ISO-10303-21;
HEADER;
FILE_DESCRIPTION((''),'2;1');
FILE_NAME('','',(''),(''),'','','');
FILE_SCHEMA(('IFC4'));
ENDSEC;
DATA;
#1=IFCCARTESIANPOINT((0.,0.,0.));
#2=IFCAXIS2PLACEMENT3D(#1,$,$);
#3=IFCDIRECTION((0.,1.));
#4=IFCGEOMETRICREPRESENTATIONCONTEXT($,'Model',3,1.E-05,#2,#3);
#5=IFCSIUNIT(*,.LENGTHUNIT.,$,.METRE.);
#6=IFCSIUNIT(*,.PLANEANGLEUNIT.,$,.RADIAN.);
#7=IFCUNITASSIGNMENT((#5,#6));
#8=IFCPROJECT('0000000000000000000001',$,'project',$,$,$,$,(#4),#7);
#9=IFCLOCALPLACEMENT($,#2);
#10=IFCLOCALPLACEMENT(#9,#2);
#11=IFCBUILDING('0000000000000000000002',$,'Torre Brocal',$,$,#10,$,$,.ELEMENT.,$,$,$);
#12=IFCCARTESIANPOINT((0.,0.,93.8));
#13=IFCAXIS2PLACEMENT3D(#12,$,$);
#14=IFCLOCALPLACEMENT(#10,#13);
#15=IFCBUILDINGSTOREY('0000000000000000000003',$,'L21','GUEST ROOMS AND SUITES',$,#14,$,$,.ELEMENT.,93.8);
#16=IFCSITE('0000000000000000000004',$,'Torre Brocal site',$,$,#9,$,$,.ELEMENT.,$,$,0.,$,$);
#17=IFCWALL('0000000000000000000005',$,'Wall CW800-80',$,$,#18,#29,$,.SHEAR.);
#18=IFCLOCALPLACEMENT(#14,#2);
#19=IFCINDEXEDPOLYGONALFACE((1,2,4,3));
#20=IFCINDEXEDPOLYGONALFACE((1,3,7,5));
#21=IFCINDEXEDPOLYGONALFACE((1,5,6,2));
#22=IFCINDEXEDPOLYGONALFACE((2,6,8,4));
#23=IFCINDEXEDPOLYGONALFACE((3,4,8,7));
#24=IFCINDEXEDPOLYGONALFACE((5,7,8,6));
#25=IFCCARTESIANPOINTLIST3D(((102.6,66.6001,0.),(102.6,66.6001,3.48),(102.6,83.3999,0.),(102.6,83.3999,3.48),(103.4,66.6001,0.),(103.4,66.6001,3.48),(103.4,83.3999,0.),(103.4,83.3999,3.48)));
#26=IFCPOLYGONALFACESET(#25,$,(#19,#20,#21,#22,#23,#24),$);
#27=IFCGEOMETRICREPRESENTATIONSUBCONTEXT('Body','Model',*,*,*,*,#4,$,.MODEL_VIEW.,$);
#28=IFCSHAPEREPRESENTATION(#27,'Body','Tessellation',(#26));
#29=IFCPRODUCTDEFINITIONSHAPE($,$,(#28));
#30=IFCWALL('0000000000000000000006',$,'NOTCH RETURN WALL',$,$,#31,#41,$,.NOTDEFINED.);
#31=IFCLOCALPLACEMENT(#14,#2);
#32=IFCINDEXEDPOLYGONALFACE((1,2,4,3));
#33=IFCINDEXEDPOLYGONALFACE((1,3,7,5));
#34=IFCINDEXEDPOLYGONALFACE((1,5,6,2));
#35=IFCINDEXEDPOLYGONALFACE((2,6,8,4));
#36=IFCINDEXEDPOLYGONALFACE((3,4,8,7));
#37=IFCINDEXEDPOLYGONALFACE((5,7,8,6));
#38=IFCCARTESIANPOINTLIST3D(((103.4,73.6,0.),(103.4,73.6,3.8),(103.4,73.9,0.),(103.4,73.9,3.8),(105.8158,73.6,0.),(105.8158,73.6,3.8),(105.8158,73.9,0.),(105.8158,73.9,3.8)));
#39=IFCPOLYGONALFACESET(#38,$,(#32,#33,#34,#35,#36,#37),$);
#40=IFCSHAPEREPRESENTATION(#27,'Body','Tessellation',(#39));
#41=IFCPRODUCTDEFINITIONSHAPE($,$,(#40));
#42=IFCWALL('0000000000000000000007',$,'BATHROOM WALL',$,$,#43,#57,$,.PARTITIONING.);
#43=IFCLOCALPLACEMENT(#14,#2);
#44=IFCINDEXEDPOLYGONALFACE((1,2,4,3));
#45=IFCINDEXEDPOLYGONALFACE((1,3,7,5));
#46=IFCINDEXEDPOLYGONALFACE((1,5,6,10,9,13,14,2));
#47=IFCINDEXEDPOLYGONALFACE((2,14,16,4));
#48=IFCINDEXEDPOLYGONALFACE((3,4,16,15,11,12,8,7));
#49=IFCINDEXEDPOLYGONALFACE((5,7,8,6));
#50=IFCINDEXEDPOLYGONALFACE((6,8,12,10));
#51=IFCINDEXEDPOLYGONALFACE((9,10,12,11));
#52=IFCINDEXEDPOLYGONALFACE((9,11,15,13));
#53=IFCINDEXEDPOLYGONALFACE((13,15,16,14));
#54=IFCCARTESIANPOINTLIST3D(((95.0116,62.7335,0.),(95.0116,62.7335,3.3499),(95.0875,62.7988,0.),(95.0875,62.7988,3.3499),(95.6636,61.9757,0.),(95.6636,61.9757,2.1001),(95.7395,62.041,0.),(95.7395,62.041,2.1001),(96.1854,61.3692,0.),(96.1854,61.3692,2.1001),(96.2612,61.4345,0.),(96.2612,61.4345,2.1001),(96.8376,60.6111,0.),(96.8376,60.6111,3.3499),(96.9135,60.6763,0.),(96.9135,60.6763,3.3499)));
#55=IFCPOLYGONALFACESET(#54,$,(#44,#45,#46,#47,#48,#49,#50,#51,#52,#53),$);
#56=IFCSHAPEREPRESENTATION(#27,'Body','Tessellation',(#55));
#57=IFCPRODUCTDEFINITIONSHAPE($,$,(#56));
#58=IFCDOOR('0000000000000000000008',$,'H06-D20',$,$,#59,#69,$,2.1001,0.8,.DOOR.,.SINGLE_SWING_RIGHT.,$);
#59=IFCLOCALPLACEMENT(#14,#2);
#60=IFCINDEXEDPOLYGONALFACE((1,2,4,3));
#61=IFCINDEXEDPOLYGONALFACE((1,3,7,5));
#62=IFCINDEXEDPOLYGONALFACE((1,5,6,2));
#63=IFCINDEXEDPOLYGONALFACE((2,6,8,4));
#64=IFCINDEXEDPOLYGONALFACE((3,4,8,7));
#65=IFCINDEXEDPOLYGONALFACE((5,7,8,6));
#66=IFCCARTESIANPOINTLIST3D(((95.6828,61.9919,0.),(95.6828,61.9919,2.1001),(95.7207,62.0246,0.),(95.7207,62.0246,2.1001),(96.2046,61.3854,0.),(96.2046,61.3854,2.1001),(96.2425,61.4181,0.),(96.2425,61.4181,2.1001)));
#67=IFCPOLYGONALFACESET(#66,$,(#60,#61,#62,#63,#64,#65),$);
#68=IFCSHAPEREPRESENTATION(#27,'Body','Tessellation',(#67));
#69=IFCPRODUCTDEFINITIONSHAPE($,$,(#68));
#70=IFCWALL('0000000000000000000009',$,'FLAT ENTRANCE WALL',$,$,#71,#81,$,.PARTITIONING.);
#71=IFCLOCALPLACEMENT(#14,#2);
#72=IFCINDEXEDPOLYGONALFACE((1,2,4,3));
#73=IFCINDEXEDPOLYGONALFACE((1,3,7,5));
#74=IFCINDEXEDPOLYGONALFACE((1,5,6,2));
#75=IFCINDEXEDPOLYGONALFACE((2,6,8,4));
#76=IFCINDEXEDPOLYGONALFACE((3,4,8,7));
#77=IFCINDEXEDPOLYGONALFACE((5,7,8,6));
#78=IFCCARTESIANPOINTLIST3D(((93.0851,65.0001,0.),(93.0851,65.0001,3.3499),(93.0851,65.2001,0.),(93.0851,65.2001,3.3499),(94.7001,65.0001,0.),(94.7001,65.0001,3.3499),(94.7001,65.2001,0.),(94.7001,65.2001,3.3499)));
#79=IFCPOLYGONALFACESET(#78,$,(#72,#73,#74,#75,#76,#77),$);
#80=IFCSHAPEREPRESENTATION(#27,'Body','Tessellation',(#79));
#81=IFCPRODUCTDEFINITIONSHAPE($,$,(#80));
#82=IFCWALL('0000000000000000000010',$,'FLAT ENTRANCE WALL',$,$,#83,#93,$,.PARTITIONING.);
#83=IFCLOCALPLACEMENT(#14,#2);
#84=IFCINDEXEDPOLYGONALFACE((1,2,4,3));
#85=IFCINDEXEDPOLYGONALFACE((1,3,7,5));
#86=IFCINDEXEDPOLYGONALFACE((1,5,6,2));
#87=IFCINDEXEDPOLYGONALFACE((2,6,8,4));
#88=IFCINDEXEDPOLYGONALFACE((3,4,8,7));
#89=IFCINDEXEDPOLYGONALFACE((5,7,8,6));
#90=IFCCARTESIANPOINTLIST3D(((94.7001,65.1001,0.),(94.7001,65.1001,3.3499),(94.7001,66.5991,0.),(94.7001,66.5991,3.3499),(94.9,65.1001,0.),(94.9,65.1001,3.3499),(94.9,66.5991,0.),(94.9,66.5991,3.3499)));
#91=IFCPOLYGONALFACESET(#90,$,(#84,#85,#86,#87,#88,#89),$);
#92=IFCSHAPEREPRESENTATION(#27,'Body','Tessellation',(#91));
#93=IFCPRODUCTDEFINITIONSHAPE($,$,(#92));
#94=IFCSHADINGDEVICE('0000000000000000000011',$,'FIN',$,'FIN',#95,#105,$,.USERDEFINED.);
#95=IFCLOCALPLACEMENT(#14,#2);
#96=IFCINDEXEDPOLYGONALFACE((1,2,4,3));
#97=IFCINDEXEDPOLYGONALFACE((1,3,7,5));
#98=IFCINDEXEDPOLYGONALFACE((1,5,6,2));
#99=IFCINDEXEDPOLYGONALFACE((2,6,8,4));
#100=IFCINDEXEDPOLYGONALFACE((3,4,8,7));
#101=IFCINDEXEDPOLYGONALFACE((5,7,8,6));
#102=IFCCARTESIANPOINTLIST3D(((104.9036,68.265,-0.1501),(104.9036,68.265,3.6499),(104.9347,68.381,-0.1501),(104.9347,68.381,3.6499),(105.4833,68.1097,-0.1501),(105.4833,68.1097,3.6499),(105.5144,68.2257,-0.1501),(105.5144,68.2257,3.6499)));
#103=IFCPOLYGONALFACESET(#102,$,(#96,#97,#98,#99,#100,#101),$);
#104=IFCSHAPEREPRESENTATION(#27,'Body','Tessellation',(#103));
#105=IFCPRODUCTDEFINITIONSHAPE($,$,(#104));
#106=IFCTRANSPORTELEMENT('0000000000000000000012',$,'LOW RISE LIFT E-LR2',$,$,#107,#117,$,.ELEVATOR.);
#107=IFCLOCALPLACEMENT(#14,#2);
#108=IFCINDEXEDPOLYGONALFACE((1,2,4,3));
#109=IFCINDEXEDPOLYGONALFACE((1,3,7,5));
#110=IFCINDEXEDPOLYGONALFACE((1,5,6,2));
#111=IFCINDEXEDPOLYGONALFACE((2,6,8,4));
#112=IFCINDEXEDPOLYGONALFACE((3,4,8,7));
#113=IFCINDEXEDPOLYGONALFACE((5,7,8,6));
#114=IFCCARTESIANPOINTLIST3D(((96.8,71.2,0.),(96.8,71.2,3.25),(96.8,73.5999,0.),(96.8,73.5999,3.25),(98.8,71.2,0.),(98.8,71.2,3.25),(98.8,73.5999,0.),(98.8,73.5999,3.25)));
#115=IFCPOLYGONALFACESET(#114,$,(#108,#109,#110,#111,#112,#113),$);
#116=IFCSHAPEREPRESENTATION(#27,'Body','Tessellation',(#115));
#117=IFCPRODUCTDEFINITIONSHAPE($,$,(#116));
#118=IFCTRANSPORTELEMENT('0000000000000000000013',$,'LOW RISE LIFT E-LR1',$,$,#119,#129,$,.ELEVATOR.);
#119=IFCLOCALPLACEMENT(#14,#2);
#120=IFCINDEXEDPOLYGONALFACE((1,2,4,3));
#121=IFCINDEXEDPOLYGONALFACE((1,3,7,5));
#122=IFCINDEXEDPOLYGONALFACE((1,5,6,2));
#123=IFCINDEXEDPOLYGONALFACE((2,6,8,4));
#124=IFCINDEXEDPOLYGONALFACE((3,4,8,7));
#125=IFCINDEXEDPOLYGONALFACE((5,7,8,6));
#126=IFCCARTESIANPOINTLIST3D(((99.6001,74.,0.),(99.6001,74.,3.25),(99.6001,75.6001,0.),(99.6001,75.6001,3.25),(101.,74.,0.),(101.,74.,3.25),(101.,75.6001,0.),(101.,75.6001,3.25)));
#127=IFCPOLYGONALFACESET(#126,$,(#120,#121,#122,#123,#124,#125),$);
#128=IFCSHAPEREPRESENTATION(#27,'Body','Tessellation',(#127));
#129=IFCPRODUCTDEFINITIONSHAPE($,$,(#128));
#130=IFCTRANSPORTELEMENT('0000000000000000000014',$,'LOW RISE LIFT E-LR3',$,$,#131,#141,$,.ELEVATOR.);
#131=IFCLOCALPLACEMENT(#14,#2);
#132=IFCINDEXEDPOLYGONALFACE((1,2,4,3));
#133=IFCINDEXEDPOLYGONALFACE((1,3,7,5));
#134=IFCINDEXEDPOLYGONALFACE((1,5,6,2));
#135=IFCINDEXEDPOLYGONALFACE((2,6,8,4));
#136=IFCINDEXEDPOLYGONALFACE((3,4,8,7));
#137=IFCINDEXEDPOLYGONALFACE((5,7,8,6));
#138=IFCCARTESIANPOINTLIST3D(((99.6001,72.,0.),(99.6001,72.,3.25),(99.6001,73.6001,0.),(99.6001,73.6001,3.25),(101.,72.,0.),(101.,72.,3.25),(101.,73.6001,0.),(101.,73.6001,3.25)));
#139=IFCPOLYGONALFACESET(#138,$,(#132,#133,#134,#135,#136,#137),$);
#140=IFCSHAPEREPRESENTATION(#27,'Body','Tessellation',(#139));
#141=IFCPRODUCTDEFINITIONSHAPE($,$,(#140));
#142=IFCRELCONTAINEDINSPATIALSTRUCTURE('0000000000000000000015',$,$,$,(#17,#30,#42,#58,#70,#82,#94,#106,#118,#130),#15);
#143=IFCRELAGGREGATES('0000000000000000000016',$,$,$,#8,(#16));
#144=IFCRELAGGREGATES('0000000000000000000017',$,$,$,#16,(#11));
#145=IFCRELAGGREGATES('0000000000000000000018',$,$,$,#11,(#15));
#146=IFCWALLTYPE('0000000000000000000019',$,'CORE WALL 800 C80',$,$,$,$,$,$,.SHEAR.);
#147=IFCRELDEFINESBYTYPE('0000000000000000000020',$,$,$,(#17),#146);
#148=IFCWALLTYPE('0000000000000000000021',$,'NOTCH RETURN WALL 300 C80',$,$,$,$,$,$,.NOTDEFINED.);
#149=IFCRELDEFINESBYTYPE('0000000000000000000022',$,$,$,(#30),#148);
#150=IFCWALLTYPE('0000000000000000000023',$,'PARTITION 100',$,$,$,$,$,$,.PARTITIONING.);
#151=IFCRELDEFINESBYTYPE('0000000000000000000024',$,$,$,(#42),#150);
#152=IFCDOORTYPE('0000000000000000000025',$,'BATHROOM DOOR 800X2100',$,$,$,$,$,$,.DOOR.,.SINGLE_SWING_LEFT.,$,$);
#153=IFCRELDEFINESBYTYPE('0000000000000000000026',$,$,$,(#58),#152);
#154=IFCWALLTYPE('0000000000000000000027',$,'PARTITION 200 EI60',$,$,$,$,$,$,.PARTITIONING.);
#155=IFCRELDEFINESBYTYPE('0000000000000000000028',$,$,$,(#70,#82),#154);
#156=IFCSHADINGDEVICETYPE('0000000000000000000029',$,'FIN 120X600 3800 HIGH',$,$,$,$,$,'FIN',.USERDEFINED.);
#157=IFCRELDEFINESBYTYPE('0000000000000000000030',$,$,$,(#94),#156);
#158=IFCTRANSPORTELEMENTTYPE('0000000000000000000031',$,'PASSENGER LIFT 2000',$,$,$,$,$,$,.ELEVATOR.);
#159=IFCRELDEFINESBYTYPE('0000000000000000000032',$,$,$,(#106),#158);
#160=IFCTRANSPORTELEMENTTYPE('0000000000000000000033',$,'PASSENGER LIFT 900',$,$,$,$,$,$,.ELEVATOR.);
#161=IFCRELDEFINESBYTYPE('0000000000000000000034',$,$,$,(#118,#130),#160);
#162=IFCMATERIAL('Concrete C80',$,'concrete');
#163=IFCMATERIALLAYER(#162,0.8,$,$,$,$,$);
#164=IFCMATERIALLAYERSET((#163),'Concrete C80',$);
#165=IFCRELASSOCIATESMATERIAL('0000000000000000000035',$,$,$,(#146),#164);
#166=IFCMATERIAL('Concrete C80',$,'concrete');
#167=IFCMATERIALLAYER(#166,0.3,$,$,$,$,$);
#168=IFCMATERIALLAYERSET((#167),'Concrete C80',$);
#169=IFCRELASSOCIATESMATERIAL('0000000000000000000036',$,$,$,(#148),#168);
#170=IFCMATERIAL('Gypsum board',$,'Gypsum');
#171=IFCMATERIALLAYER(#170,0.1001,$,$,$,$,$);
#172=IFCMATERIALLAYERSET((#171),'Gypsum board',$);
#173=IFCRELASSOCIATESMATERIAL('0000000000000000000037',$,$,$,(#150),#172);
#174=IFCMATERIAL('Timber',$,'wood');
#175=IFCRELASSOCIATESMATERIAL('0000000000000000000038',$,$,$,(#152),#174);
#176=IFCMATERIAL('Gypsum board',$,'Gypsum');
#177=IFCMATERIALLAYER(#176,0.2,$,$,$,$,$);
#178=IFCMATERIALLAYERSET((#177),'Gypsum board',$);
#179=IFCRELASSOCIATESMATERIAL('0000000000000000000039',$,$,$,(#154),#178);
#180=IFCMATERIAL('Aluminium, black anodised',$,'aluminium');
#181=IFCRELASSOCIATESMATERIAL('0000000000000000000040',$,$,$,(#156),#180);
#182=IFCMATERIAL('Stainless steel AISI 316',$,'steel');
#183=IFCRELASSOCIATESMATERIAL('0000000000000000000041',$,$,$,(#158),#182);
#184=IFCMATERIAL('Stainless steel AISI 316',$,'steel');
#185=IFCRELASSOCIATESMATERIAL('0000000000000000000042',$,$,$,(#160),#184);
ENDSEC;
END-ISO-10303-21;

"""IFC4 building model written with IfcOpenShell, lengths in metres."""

from ifc_helpers import new_model, si_unit, direction, frame, frame_2d, origin, origin_2d, place, context, subcontext, project, spatial, rectangle, extrude, material, layer, layer_set, material_profile, profile_set, type_object, element, fill, save


model = new_model("IFC4")

# Units and contexts
model_context = context("Model", 3, precision=1e-05, world=origin(), true_north=direction((0.0, 1.0)))
body_context = subcontext(model_context, "Body", "Model", "MODEL_VIEW")
ifc_project = project(units=[si_unit("LENGTHUNIT", "METRE"), si_unit("PLANEANGLEUNIT", "RADIAN")], contexts=[model_context])

# Site, building, storey
site_placement = place(None, origin())
site = spatial("IfcSite", under=ifc_project, at=site_placement, Name="Torre Brocal site", CompositionType="ELEMENT", RefElevation=0.0)
building_placement = place(site_placement, origin())
building = spatial("IfcBuilding", under=site, at=building_placement, Name="Torre Brocal", CompositionType="ELEMENT")
storey_placement = place(building_placement, frame((0.0, 0.0, 93.8)))
storey = spatial("IfcBuildingStorey", under=building, at=storey_placement, Name="L21", Description="GUEST ROOMS AND SUITES", CompositionType="ELEMENT", Elevation=93.8)

# Walls
ifc_material_1 = material(Name="Concrete C80", Category="concrete")
ifc_layer_1 = layer(ifc_material_1, 0.8)
ifc_layer_set_1 = layer_set([ifc_layer_1], Name="Concrete C80")
wall_type_1 = type_object("IfcWallType", Name="CORE WALL 800 C80", PredefinedType="SHEAR", material=ifc_layer_set_1)
wall_1_placement = place(storey_placement, frame((103.0, 66.6001, 0.0), z_axis=(0.0, 0.0, 1.0), x_axis=(0.0, 1.0, 0.0)))
element("IfcWall", 1, at=wall_1_placement, inside=storey, type_object=wall_type_1, Name="Wall CW800-80", PredefinedType="SHEAR", context=body_context, shape_type="SweptSolid", body=[
    extrude(rectangle(XDim=16.7998, YDim=0.8, at=frame_2d((8.3999, 0.0))), origin(), (0.0, 0.0, 1.0), 3.48),
])
ifc_material_2 = material(Name="Concrete C80", Category="concrete")
ifc_layer_2 = layer(ifc_material_2, 0.3)
ifc_layer_set_2 = layer_set([ifc_layer_2], Name="Concrete C80")
wall_type_2 = type_object("IfcWallType", Name="NOTCH RETURN WALL 300 C80", PredefinedType="NOTDEFINED", material=ifc_layer_set_2)
wall_2_placement = place(storey_placement, frame((103.3999, 73.75, 0.0), z_axis=(0.0, 0.0, 1.0), x_axis=(1.0, 0.0, 0.0)))
element("IfcWall", 2, at=wall_2_placement, inside=storey, type_object=wall_type_2, Name="NOTCH RETURN WALL", PredefinedType="NOTDEFINED", context=body_context, shape_type="SweptSolid", body=[
    extrude(rectangle(XDim=2.4158, YDim=0.3, at=frame_2d((1.208, 0.0))), origin(), (0.0, 0.0, 1.0), 3.8),
])

# Wall, opening, door
ifc_material_3 = material(Name="Gypsum board", Category="Gypsum")
ifc_layer_3 = layer(ifc_material_3, 0.1001)
ifc_layer_set_3 = layer_set([ifc_layer_3], Name="Gypsum board")
wall_type_3 = type_object("IfcWallType", Name="PARTITION 100", PredefinedType="PARTITIONING", material=ifc_layer_set_3)
wall_3_placement = place(storey_placement, frame((95.0496, 62.7661, 0.0), z_axis=(0.0, 0.0, 1.0), x_axis=(0.652191, -0.758055, 0.0)))
wall_3 = element("IfcWall", 3, at=wall_3_placement, inside=storey, type_object=wall_type_3, Name="BATHROOM WALL", PredefinedType="PARTITIONING", context=body_context, shape_type="SweptSolid", body=[
    extrude(rectangle(XDim=2.7998, YDim=0.1001, at=frame_2d((1.3999, 0.0))), origin(), (0.0, 0.0, 1.0), 3.3499),
])
opening_placement = place(wall_3_placement, frame((0.9998, 0.0, 0.0)))
opening = element("IfcOpeningElement", 4, at=opening_placement, cuts=wall_3, PredefinedType="OPENING", context=body_context, shape_type="SweptSolid", body=[
    extrude(rectangle(XDim=0.8, YDim=2.1001, at=frame_2d((0.3999, 1.05))), frame((0.0, 0.0601, 0.0), z_axis=(0.0, -1.0, 0.0), x_axis=(1.0, 0.0, 0.0)), (0.0, 0.0, 1.0), 0.1201),
])
ifc_material_4 = material(Name="Timber", Category="wood")
door_type = type_object("IfcDoorType", Name="BATHROOM DOOR 800X2100", OperationType="SINGLE_SWING_LEFT", PredefinedType="DOOR", material=ifc_material_4)
door_placement = place(opening_placement, frame((0.8, 0.0, 0.0), z_axis=(0.0, 0.0, 1.0), x_axis=(-1.0, 0.0, 0.0)))
door = element("IfcDoor", 5, at=door_placement, inside=storey, type_object=door_type, Name="H06-D20", OperationType="SINGLE_SWING_RIGHT", OverallHeight=2.1001, OverallWidth=0.8, PredefinedType="DOOR", context=body_context, shape_type="SweptSolid", body=[
    extrude(rectangle(XDim=0.8, YDim=2.1001, at=frame_2d((0.3999, 1.05))), frame((0.0, 0.0249, 0.0), z_axis=(0.0, -1.0, 0.0), x_axis=(1.0, 0.0, 0.0)), (0.0, 0.0, 1.0), 0.05),
])
fill(opening, door)

# Walls
ifc_material_5 = material(Name="Gypsum board", Category="Gypsum")
ifc_layer_4 = layer(ifc_material_5, 0.2)
ifc_layer_set_4 = layer_set([ifc_layer_4], Name="Gypsum board")
wall_type_4 = type_object("IfcWallType", Name="PARTITION 200 EI60", PredefinedType="PARTITIONING", material=ifc_layer_set_4)
wall_4_placement = place(storey_placement, frame((93.085, 65.1001, 0.0), z_axis=(0.0, 0.0, 1.0), x_axis=(1.0, 0.0, 0.0)))
element("IfcWall", 6, at=wall_4_placement, inside=storey, type_object=wall_type_4, Name="FLAT ENTRANCE WALL", PredefinedType="PARTITIONING", context=body_context, shape_type="SweptSolid", body=[
    extrude(rectangle(XDim=1.615, YDim=0.2, at=frame_2d((0.8076, 0.0))), origin(), (0.0, 0.0, 1.0), 3.3499),
])
wall_5_placement = place(storey_placement, frame((94.8, 65.1001, 0.0), z_axis=(0.0, 0.0, 1.0), x_axis=(0.0, 1.0, 0.0)))
element("IfcWall", 7, at=wall_5_placement, inside=storey, type_object=wall_type_4, Name="FLAT ENTRANCE WALL", PredefinedType="PARTITIONING", context=body_context, shape_type="SweptSolid", body=[
    extrude(rectangle(XDim=1.499, YDim=0.2, at=frame_2d((0.7495, 0.0))), origin(), (0.0, 0.0, 1.0), 3.3499),
])

# Shading device
ifc_material_6 = material(Name="Aluminium, black anodised", Category="aluminium")
ifc_material_profile_1 = material_profile(ifc_material_6, rectangle(XDim=0.1201, YDim=0.6001, at=origin_2d()), Name="FIN 120X600 3800 HIGH")
ifc_profile_set_1 = profile_set([ifc_material_profile_1], Name="Aluminium, black anodised")
shading_device_type = type_object("IfcShadingDeviceType", Name="FIN 120X600 3800 HIGH", ElementType="FIN", PredefinedType="USERDEFINED", material=ifc_profile_set_1)
shading_device_placement = place(storey_placement, frame((105.209, 68.2454, -0.1501), z_axis=(0.0, 0.0, 1.0), x_axis=(0.258819, 0.965926, 0.0)))
element("IfcShadingDevice", 8, at=shading_device_placement, inside=storey, type_object=shading_device_type, Name="FIN", ObjectType="FIN", PredefinedType="USERDEFINED", context=body_context, shape_type="SweptSolid", body=[
    extrude(rectangle(XDim=0.1201, YDim=0.6001, at=origin_2d()), origin(), (0.0, 0.0, 1.0), 3.8),
])

# Transport elements
ifc_material_7 = material(Name="Stainless steel AISI 316", Category="steel")
transport_element_type_1 = type_object("IfcTransportElementType", Name="PASSENGER LIFT 2000", PredefinedType="ELEVATOR", material=ifc_material_7)
transport_element_placement = place(storey_placement, frame((97.8, 72.3999, 0.0), z_axis=(0.0, 0.0, 1.0), x_axis=(1.0, 0.0, 0.0)))
element("IfcTransportElement", 9, at=transport_element_placement, inside=storey, type_object=transport_element_type_1, Name="LOW RISE LIFT E-LR2", PredefinedType="ELEVATOR", context=body_context, shape_type="SweptSolid", body=[
    extrude(rectangle(XDim=2.0, YDim=2.3999, at=origin_2d()), origin(), (0.0, 0.0, 1.0), 3.25),
])
ifc_material_8 = material(Name="Stainless steel AISI 316", Category="steel")
transport_element_type_2 = type_object("IfcTransportElementType", Name="PASSENGER LIFT 900", PredefinedType="ELEVATOR", material=ifc_material_8)
for number, where, z_axis, x_axis, name in (
    (10, (100.3, 74.8, 0.0), (0.0, 0.0, 1.0), (1.0, 0.0, 0.0), "LOW RISE LIFT E-LR1"),
    (11, (100.3, 72.8, 0.0), (0.0, 0.0, 1.0), (1.0, 0.0, 0.0), "LOW RISE LIFT E-LR3"),
):
    element("IfcTransportElement", number, at=place(storey_placement, frame(where, z_axis=z_axis, x_axis=x_axis)), inside=storey, type_object=transport_element_type_2, Name=name, PredefinedType="ELEVATOR", context=body_context, shape_type="SweptSolid", body=[
        extrude(rectangle(XDim=1.3999, YDim=1.6001, at=origin_2d()), origin(), (0.0, 0.0, 1.0), 3.25),
    ])

save(model, "model.ifc")
